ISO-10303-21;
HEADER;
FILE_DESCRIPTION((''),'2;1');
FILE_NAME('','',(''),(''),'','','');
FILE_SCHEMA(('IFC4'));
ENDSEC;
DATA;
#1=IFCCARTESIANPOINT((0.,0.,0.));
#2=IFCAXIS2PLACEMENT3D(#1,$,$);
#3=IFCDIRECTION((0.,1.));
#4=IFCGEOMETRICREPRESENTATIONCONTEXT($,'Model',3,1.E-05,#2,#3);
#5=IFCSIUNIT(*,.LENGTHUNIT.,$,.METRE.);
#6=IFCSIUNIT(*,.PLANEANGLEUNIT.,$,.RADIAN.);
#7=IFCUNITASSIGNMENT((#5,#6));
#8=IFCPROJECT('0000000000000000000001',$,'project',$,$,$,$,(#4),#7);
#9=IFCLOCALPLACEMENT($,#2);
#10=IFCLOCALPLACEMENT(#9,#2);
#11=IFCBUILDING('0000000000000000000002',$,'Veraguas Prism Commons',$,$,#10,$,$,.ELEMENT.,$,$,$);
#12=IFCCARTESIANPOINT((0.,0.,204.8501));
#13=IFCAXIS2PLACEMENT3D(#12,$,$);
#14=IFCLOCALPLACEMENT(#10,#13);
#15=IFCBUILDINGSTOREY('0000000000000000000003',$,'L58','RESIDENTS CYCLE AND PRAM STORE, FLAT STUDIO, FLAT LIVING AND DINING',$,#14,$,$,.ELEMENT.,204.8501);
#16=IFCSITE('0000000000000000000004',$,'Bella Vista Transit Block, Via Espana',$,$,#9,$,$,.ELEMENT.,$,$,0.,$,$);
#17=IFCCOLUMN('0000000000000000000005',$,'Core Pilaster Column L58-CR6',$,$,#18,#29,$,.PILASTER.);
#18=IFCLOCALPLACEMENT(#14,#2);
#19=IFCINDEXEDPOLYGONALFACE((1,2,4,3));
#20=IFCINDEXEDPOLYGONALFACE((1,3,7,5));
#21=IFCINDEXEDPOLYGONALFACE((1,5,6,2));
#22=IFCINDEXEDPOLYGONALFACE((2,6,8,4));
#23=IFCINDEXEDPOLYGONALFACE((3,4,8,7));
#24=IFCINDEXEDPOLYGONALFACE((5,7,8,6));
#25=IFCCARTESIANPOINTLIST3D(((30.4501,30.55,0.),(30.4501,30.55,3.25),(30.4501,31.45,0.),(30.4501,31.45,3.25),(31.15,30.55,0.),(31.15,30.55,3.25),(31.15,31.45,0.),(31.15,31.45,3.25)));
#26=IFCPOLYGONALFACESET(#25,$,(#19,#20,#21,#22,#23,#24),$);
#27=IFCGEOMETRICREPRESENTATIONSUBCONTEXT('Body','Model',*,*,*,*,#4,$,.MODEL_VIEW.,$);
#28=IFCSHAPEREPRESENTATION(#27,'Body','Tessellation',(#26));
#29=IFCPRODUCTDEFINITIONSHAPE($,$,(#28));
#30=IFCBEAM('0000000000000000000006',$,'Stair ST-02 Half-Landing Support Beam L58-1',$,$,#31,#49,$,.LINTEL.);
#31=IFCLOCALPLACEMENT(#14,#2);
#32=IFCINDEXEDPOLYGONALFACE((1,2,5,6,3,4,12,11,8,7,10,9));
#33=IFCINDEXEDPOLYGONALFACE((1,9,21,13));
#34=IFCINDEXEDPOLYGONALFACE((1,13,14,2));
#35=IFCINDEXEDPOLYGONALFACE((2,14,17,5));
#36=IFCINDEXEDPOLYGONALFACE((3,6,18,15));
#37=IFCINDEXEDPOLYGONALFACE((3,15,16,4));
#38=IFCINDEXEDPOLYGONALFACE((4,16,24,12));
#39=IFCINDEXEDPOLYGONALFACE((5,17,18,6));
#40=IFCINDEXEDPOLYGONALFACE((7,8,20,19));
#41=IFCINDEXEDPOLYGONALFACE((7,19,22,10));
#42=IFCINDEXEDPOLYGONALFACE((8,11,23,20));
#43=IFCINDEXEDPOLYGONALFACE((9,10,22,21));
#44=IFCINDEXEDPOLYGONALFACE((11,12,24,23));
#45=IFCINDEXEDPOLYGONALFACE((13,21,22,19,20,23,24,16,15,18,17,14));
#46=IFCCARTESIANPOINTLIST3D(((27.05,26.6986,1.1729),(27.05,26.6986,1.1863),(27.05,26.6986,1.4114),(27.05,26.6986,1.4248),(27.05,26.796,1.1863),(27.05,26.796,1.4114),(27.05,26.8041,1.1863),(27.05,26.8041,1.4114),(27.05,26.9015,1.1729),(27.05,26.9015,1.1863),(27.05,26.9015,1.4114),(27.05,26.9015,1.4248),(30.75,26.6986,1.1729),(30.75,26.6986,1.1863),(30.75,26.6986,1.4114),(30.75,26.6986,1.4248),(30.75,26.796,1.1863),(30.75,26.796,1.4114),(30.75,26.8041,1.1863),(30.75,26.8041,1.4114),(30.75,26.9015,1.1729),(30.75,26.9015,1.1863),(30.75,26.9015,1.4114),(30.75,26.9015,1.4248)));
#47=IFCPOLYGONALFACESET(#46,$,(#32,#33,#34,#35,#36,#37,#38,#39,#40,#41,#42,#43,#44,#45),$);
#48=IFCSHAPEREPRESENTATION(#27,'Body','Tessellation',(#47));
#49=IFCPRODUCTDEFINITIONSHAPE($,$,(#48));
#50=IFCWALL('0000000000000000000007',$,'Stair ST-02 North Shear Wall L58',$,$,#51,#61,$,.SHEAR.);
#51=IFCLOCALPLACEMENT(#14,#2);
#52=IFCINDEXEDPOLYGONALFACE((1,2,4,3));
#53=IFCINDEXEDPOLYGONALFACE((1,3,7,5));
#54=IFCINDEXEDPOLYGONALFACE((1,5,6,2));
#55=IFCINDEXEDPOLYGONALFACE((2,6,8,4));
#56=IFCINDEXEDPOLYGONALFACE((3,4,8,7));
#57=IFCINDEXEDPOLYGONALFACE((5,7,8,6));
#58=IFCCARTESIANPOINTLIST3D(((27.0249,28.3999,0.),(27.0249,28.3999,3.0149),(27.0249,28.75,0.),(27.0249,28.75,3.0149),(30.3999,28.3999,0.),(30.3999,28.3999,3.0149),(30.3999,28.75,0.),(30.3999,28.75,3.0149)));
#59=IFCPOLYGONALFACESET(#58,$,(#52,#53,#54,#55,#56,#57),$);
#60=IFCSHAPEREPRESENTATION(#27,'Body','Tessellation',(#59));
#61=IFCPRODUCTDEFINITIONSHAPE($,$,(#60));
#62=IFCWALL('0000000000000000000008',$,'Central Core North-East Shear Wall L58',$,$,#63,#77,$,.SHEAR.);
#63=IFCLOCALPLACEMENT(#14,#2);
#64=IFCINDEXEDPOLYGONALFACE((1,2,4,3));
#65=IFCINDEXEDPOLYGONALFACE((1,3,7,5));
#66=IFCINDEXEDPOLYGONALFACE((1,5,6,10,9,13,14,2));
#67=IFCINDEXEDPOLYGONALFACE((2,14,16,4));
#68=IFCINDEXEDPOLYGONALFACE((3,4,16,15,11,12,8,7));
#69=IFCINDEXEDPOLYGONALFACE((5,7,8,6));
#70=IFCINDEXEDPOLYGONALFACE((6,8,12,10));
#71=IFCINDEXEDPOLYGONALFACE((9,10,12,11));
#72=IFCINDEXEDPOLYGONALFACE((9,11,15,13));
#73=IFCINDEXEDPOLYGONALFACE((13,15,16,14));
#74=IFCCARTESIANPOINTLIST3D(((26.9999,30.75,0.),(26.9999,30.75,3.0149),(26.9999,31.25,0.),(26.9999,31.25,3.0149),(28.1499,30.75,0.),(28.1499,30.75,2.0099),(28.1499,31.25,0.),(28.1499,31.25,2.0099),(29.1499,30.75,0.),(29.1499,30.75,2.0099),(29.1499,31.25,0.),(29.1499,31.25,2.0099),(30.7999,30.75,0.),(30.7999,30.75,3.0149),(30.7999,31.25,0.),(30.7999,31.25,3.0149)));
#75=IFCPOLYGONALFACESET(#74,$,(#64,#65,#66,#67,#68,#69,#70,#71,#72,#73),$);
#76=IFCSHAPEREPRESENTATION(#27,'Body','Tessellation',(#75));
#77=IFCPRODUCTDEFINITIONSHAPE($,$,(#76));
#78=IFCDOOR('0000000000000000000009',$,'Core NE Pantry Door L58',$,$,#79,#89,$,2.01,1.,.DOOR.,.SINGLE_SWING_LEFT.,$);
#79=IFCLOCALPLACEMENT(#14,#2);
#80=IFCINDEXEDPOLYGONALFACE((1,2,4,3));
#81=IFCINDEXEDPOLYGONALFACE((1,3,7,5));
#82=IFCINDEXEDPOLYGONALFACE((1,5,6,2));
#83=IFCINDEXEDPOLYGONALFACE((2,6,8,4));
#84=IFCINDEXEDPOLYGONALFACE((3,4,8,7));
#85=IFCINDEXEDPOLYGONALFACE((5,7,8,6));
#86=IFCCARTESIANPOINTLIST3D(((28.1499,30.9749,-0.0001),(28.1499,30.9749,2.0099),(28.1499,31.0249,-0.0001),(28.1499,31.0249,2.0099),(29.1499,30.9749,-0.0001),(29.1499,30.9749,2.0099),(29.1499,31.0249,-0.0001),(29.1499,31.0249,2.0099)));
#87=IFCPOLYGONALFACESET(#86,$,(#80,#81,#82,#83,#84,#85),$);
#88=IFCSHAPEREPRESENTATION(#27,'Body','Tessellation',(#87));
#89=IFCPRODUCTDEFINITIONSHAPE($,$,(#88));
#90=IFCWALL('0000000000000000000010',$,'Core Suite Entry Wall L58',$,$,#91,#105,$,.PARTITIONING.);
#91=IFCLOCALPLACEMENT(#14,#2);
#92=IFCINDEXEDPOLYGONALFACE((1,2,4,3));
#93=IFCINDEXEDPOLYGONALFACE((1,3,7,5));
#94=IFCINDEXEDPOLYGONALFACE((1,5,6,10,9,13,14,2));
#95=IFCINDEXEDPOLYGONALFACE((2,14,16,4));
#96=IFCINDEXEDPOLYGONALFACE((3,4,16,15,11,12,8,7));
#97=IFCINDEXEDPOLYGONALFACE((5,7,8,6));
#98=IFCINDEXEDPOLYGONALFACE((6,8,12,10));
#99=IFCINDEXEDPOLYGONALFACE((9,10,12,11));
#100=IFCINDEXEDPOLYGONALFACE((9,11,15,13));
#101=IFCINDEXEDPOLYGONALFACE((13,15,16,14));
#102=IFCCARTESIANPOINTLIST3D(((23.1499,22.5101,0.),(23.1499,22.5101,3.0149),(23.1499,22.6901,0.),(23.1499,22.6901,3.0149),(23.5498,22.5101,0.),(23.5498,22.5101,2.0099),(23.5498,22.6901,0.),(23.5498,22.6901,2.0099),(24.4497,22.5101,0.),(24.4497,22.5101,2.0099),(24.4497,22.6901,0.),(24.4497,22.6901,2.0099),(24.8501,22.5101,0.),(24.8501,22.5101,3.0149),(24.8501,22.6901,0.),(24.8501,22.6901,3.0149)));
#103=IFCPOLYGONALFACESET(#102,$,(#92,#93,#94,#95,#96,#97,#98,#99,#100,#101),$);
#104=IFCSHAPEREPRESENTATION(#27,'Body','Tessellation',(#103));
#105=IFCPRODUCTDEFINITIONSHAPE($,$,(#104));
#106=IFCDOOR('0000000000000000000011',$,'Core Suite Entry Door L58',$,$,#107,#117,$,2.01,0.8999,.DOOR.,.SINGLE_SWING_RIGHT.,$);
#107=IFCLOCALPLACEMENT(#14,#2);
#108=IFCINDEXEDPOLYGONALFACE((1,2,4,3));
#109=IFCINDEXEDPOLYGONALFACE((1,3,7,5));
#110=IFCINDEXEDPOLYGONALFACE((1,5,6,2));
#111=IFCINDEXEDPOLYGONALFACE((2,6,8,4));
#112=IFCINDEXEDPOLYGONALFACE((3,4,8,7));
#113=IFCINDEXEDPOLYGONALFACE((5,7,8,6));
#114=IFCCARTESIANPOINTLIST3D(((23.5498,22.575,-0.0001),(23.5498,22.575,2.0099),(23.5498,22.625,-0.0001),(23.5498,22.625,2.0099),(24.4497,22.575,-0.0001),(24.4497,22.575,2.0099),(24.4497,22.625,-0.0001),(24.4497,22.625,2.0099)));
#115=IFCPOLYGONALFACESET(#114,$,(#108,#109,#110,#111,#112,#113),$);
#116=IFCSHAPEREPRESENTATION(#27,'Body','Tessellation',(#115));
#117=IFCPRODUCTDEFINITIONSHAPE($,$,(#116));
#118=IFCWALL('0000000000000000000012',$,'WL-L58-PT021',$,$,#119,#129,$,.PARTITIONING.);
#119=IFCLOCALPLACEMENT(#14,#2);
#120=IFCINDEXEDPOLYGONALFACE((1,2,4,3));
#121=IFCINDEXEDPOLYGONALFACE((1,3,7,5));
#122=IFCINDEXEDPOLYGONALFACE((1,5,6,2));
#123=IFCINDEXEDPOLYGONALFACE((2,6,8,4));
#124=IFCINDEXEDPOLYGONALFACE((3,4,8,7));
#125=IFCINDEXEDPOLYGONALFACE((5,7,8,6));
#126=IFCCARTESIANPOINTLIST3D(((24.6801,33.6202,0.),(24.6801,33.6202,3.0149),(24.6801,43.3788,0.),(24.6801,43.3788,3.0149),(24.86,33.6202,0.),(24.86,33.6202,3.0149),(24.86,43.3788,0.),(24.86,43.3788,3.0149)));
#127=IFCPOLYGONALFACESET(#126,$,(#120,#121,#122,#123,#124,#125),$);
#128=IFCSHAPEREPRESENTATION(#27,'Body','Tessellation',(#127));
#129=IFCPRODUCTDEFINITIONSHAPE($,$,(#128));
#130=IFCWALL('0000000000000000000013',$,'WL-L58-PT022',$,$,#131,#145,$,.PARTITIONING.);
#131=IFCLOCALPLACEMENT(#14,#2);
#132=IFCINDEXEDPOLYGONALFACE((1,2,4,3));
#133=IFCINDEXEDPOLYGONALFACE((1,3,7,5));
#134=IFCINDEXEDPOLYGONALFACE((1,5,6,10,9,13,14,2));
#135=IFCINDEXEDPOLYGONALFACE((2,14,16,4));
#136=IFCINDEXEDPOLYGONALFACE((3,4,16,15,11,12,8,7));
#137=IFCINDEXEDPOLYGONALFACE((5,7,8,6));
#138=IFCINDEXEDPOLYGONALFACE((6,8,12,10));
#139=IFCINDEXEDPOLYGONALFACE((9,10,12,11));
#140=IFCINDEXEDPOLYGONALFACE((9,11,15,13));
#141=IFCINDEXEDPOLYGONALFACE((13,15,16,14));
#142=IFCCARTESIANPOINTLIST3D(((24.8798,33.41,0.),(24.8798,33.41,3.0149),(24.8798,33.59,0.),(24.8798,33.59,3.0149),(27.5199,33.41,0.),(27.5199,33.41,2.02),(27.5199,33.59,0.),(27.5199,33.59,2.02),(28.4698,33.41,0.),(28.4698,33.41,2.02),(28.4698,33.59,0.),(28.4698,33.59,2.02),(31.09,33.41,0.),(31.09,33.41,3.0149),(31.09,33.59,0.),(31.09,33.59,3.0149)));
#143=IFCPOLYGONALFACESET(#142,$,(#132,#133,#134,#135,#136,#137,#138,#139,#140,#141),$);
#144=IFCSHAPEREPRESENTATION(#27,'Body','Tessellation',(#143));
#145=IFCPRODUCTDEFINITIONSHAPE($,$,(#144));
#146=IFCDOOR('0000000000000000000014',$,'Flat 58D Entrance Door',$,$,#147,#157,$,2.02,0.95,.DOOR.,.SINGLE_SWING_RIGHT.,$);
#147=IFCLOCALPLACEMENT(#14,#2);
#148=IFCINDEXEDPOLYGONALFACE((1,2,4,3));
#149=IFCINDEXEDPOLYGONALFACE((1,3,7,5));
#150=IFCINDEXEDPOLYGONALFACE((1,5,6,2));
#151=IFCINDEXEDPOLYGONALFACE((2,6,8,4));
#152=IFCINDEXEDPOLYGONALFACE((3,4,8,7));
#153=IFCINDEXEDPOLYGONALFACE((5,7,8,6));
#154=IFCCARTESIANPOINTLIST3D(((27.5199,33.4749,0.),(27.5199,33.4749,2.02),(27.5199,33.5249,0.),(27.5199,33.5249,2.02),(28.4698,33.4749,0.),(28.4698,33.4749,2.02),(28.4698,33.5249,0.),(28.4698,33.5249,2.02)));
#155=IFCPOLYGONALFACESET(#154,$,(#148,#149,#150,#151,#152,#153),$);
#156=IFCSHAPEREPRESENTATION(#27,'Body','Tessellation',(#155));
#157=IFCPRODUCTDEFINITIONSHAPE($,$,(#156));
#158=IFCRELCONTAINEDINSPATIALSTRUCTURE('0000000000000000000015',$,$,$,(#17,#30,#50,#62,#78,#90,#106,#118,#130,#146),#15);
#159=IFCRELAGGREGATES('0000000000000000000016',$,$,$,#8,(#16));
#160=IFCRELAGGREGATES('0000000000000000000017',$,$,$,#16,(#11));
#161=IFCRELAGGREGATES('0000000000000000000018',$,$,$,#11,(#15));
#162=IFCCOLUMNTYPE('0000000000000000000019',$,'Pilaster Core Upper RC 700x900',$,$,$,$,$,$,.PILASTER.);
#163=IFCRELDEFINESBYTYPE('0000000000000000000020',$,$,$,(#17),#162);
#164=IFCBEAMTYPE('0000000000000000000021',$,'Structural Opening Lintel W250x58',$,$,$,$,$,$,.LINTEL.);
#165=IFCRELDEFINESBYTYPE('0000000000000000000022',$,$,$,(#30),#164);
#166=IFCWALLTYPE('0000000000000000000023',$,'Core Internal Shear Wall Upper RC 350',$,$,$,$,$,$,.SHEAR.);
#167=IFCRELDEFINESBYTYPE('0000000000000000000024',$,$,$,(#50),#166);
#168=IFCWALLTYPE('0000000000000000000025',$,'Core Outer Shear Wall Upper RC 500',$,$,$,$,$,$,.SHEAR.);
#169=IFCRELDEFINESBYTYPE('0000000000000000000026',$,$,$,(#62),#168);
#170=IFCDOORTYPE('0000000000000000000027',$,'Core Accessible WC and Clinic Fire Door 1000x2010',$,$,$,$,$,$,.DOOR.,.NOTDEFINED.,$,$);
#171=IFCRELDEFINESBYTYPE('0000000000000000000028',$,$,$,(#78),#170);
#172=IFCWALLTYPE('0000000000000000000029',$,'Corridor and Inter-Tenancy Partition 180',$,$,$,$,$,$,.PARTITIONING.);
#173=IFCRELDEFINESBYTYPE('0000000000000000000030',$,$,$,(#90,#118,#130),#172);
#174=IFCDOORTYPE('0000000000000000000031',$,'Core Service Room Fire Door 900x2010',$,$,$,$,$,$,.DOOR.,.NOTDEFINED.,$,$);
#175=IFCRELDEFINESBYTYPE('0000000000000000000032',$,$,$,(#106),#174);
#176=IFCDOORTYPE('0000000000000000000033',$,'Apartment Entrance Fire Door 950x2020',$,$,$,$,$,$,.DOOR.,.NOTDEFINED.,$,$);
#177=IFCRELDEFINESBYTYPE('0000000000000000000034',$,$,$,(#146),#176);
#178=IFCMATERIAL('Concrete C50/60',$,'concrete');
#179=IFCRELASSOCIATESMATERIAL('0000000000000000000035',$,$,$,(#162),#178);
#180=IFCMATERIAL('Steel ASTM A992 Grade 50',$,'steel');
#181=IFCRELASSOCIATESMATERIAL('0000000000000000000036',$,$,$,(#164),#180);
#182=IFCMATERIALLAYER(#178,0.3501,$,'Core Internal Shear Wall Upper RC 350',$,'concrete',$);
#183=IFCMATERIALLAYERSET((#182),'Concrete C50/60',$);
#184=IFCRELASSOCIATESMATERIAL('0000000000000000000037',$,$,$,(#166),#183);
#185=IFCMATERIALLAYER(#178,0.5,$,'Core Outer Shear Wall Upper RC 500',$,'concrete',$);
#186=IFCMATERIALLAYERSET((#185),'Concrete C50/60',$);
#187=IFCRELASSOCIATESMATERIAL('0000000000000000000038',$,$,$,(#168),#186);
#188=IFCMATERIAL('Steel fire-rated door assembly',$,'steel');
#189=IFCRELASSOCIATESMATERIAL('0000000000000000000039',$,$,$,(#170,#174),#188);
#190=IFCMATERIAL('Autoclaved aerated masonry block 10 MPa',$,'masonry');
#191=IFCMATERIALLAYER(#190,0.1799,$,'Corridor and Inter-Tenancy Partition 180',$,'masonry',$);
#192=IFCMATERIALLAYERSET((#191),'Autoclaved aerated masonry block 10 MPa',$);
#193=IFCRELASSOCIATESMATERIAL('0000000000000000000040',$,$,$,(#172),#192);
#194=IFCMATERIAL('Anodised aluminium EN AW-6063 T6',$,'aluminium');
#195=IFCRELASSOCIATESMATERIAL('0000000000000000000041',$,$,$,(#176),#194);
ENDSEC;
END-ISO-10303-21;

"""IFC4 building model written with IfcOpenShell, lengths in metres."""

from ifc_helpers import new_model, si_unit, direction, frame, frame_2d, origin, origin_2d, place, context, subcontext, project, spatial, rectangle, i_section, extrude, source, transform, mapped, material, layer, layer_set, material_profile, profile_set, type_object, element, fill, save


model = new_model("IFC4")

# Units and contexts
model_context = context("Model", 3, precision=1e-05, world=origin(), true_north=direction((0.0, 1.0)))
body_context = subcontext(model_context, "Body", "Model", "MODEL_VIEW")
ifc_project = project(units=[si_unit("LENGTHUNIT", "METRE"), si_unit("PLANEANGLEUNIT", "RADIAN")], contexts=[model_context])

# Site, building, storey
site_placement = place(None, origin())
site = spatial("IfcSite", under=ifc_project, at=site_placement, Name="Bella Vista Transit Block, Via Espana", CompositionType="ELEMENT", RefElevation=0.0)
building_placement = place(site_placement, origin())
building = spatial("IfcBuilding", under=site, at=building_placement, Name="Veraguas Prism Commons", CompositionType="ELEMENT")
storey_placement = place(building_placement, frame((0.0, 0.0, 204.8501)))
storey = spatial("IfcBuildingStorey", under=building, at=storey_placement, Name="L58", Description="RESIDENTS CYCLE AND PRAM STORE, FLAT STUDIO, FLAT LIVING AND DINING", CompositionType="ELEMENT", Elevation=204.8501)

# Column
ifc_material_1 = material(Name="Concrete C50/60", Category="concrete")
ifc_material_profile_1 = material_profile(ifc_material_1, rectangle(XDim=0.7, YDim=0.8999, at=origin_2d()), Name="RC700X900")
ifc_profile_set_1 = profile_set([ifc_material_profile_1], Name="Concrete C50/60")
column_type = type_object("IfcColumnType", Name="Pilaster Core Upper RC 700x900", PredefinedType="PILASTER", material=ifc_profile_set_1)
column_placement = place(storey_placement, frame((30.8, 31.0, 0.0), z_axis=(0.0, 0.0, 1.0), x_axis=(1.0, 0.0, 0.0)))
element("IfcColumn", 1, at=column_placement, inside=storey, type_object=column_type, Name="Core Pilaster Column L58-CR6", PredefinedType="PILASTER", context=body_context, shape_type="SweptSolid", body=[
    extrude(rectangle(XDim=0.7, YDim=0.8999, at=origin_2d()), origin(), (0.0, 0.0, 1.0), 3.25),
])

# Beam
ifc_material_2 = material(Name="Steel ASTM A992 Grade 50", Category="steel")
ifc_material_profile_2 = material_profile(ifc_material_2, i_section(OverallWidth=0.2029, OverallDepth=0.252, WebThickness=0.0081, FlangeThickness=0.0134, at=origin_2d()), Name="W250X58")
ifc_profile_set_2 = profile_set([ifc_material_profile_2], Name="Steel ASTM A992 Grade 50")
beam_type = type_object("IfcBeamType", Name="Structural Opening Lintel W250x58", PredefinedType="LINTEL", material=ifc_profile_set_2)
beam_placement = place(storey_placement, frame((27.05, 26.8, 1.2988), z_axis=(1.0, 0.0, 0.0), x_axis=(0.0, 1.0, 0.0)))
element("IfcBeam", 2, at=beam_placement, inside=storey, type_object=beam_type, Name="Stair ST-02 Half-Landing Support Beam L58-1", PredefinedType="LINTEL", context=body_context, shape_type="SweptSolid", body=[
    extrude(i_section(OverallWidth=0.2029, OverallDepth=0.252, WebThickness=0.0081, FlangeThickness=0.0134, at=origin_2d()), origin(), (0.0, 0.0, 1.0), 3.7),
])

# Wall
ifc_layer_1 = layer(ifc_material_1, 0.3501, Name="Core Internal Shear Wall Upper RC 350", Category="concrete")
ifc_layer_set_1 = layer_set([ifc_layer_1], Name="Concrete C50/60")
wall_type_1 = type_object("IfcWallType", Name="Core Internal Shear Wall Upper RC 350", PredefinedType="SHEAR", material=ifc_layer_set_1)
wall_1_placement = place(storey_placement, frame((27.0249, 28.575, 0.0), z_axis=(0.0, 0.0, 1.0), x_axis=(1.0, 0.0, 0.0)))
element("IfcWall", 3, at=wall_1_placement, inside=storey, type_object=wall_type_1, Name="Stair ST-02 North Shear Wall L58", PredefinedType="SHEAR", context=body_context, shape_type="SweptSolid", body=[
    extrude(rectangle(XDim=3.375, YDim=0.3501, at=frame_2d((1.6875, 0.0))), origin(), (0.0, 0.0, 1.0), 3.0149),
])

# Walls, openings, doors
ifc_layer_2 = layer(ifc_material_1, 0.5, Name="Core Outer Shear Wall Upper RC 500", Category="concrete")
ifc_layer_set_2 = layer_set([ifc_layer_2], Name="Concrete C50/60")
wall_type_2 = type_object("IfcWallType", Name="Core Outer Shear Wall Upper RC 500", PredefinedType="SHEAR", material=ifc_layer_set_2)
wall_2_placement = place(storey_placement, frame((27.0, 31.0, 0.0), z_axis=(0.0, 0.0, 1.0), x_axis=(1.0, 0.0, 0.0)))
wall_2 = element("IfcWall", 4, at=wall_2_placement, inside=storey, type_object=wall_type_2, Name="Central Core North-East Shear Wall L58", PredefinedType="SHEAR", context=body_context, shape_type="SweptSolid", body=[
    extrude(rectangle(XDim=3.8, YDim=0.5, at=frame_2d((1.8999, 0.0))), origin(), (0.0, 0.0, 1.0), 3.0149),
])
opening_1_placement = place(wall_2_placement, frame((1.1499, 0.0, 0.0)))
opening_1 = element("IfcOpeningElement", 5, at=opening_1_placement, cuts=wall_2, PredefinedType="OPENING", context=body_context, shape_type="SweptSolid", body=[
    extrude(rectangle(XDim=1.0, YDim=2.01, at=frame_2d((0.5, 1.0049))), frame((0.0, 0.26, 0.0), z_axis=(0.0, -1.0, 0.0), x_axis=(1.0, 0.0, 0.0)), (0.0, 0.0, 1.0), 0.52),
])
ifc_material_3 = material(Name="Steel fire-rated door assembly", Category="steel")
door_type_1 = type_object("IfcDoorType", Name="Core Accessible WC and Clinic Fire Door 1000x2010", OperationType="NOTDEFINED", PredefinedType="DOOR", material=ifc_material_3)
shared_shape_1 = source(origin(), body_context, "Body", "SweptSolid", [
    extrude(rectangle(XDim=1.0, YDim=2.01, at=frame_2d((0.5, 1.0049))), frame((0.0, 0.0249, 0.0), z_axis=(0.0, -1.0, 0.0), x_axis=(1.0, 0.0, 0.0)), (0.0, 0.0, 1.0), 0.05),
])
door_1_placement = place(opening_1_placement, origin())
door_1 = element("IfcDoor", 6, at=door_1_placement, inside=storey, type_object=door_type_1, Name="Core NE Pantry Door L58", OperationType="SINGLE_SWING_LEFT", OverallHeight=2.01, OverallWidth=1.0, PredefinedType="DOOR", context=body_context, shape_type="MappedRepresentation", body=[
    mapped(shared_shape_1, transform((0.0, 0.0, 0.0), scale=1.0)),
])
fill(opening_1, door_1)
ifc_material_4 = material(Name="Autoclaved aerated masonry block 10 MPa", Category="masonry")
ifc_layer_3 = layer(ifc_material_4, 0.1799, Name="Corridor and Inter-Tenancy Partition 180", Category="masonry")
ifc_layer_set_3 = layer_set([ifc_layer_3], Name="Autoclaved aerated masonry block 10 MPa")
wall_type_3 = type_object("IfcWallType", Name="Corridor and Inter-Tenancy Partition 180", PredefinedType="PARTITIONING", material=ifc_layer_set_3)
wall_3_placement = place(storey_placement, frame((23.1499, 22.6001, 0.0), z_axis=(0.0, 0.0, 1.0), x_axis=(1.0, 0.0, 0.0)))
wall_3 = element("IfcWall", 7, at=wall_3_placement, inside=storey, type_object=wall_type_3, Name="Core Suite Entry Wall L58", PredefinedType="PARTITIONING", context=body_context, shape_type="SweptSolid", body=[
    extrude(rectangle(XDim=1.7002, YDim=0.1799, at=frame_2d((0.8501, 0.0))), origin(), (0.0, 0.0, 1.0), 3.0149),
])
opening_2_placement = place(wall_3_placement, frame((0.3999, 0.0, 0.0)))
opening_2 = element("IfcOpeningElement", 8, at=opening_2_placement, cuts=wall_3, PredefinedType="OPENING", context=body_context, shape_type="SweptSolid", body=[
    extrude(rectangle(XDim=0.8999, YDim=2.01, at=frame_2d((0.45, 1.0049))), frame((0.0, 0.0999, 0.0), z_axis=(0.0, -1.0, 0.0), x_axis=(1.0, 0.0, 0.0)), (0.0, 0.0, 1.0), 0.2),
])
door_type_2 = type_object("IfcDoorType", Name="Core Service Room Fire Door 900x2010", OperationType="NOTDEFINED", PredefinedType="DOOR", material=ifc_material_3)
shared_shape_2 = source(origin(), body_context, "Body", "SweptSolid", [
    extrude(rectangle(XDim=0.8999, YDim=2.01, at=frame_2d((0.45, 1.0049))), frame((0.0, 0.0249, 0.0), z_axis=(0.0, -1.0, 0.0), x_axis=(1.0, 0.0, 0.0)), (0.0, 0.0, 1.0), 0.05),
])
door_2_placement = place(opening_2_placement, origin())
door_2 = element("IfcDoor", 9, at=door_2_placement, inside=storey, type_object=door_type_2, Name="Core Suite Entry Door L58", OperationType="SINGLE_SWING_RIGHT", OverallHeight=2.01, OverallWidth=0.8999, PredefinedType="DOOR", context=body_context, shape_type="MappedRepresentation", body=[
    mapped(shared_shape_2, transform((0.0, 0.0, 0.0), scale=1.0)),
])
fill(opening_2, door_2)

# Wall
wall_4_placement = place(storey_placement, frame((24.77, 33.6201, 0.0), z_axis=(0.0, 0.0, 1.0), x_axis=(0.0, 1.0, 0.0)))
element("IfcWall", 10, at=wall_4_placement, inside=storey, type_object=wall_type_3, Name="WL-L58-PT021", PredefinedType="PARTITIONING", context=body_context, shape_type="SweptSolid", body=[
    extrude(rectangle(XDim=9.7585, YDim=0.1799, at=frame_2d((4.8794, 0.0))), origin(), (0.0, 0.0, 1.0), 3.0149),
])

# Wall, opening, door
wall_5_placement = place(storey_placement, frame((24.8799, 33.5, 0.0), z_axis=(0.0, 0.0, 1.0), x_axis=(1.0, 0.0, 0.0)))
wall_5 = element("IfcWall", 11, at=wall_5_placement, inside=storey, type_object=wall_type_3, Name="WL-L58-PT022", PredefinedType="PARTITIONING", context=body_context, shape_type="SweptSolid", body=[
    extrude(rectangle(XDim=6.2102, YDim=0.1799, at=frame_2d((3.105, 0.0))), origin(), (0.0, 0.0, 1.0), 3.0149),
])
opening_3_placement = place(wall_5_placement, frame((2.6399, 0.0, 0.0)))
opening_3 = element("IfcOpeningElement", 12, at=opening_3_placement, cuts=wall_5, PredefinedType="OPENING", context=body_context, shape_type="SweptSolid", body=[
    extrude(rectangle(XDim=0.95, YDim=2.02, at=frame_2d((0.4751, 1.01))), frame((0.0, 0.0999, 0.0), z_axis=(0.0, -1.0, 0.0), x_axis=(1.0, 0.0, 0.0)), (0.0, 0.0, 1.0), 0.2),
])
ifc_material_5 = material(Name="Anodised aluminium EN AW-6063 T6", Category="aluminium")
door_type_3 = type_object("IfcDoorType", Name="Apartment Entrance Fire Door 950x2020", OperationType="NOTDEFINED", PredefinedType="DOOR", material=ifc_material_5)
shared_shape_3 = source(origin(), body_context, "Body", "SweptSolid", [
    extrude(rectangle(XDim=0.95, YDim=2.02, at=frame_2d((0.4751, 1.01))), frame((0.0, 0.0249, 0.0), z_axis=(0.0, -1.0, 0.0), x_axis=(1.0, 0.0, 0.0)), (0.0, 0.0, 1.0), 0.05),
])
door_3_placement = place(opening_3_placement, origin())
door_3 = element("IfcDoor", 13, at=door_3_placement, inside=storey, type_object=door_type_3, Name="Flat 58D Entrance Door", OperationType="SINGLE_SWING_RIGHT", OverallHeight=2.02, OverallWidth=0.95, PredefinedType="DOOR", context=body_context, shape_type="MappedRepresentation", body=[
    mapped(shared_shape_3, transform((0.0, 0.0, 0.0), scale=1.0)),
])
fill(opening_3, door_3)

save(model, "model.ifc")
